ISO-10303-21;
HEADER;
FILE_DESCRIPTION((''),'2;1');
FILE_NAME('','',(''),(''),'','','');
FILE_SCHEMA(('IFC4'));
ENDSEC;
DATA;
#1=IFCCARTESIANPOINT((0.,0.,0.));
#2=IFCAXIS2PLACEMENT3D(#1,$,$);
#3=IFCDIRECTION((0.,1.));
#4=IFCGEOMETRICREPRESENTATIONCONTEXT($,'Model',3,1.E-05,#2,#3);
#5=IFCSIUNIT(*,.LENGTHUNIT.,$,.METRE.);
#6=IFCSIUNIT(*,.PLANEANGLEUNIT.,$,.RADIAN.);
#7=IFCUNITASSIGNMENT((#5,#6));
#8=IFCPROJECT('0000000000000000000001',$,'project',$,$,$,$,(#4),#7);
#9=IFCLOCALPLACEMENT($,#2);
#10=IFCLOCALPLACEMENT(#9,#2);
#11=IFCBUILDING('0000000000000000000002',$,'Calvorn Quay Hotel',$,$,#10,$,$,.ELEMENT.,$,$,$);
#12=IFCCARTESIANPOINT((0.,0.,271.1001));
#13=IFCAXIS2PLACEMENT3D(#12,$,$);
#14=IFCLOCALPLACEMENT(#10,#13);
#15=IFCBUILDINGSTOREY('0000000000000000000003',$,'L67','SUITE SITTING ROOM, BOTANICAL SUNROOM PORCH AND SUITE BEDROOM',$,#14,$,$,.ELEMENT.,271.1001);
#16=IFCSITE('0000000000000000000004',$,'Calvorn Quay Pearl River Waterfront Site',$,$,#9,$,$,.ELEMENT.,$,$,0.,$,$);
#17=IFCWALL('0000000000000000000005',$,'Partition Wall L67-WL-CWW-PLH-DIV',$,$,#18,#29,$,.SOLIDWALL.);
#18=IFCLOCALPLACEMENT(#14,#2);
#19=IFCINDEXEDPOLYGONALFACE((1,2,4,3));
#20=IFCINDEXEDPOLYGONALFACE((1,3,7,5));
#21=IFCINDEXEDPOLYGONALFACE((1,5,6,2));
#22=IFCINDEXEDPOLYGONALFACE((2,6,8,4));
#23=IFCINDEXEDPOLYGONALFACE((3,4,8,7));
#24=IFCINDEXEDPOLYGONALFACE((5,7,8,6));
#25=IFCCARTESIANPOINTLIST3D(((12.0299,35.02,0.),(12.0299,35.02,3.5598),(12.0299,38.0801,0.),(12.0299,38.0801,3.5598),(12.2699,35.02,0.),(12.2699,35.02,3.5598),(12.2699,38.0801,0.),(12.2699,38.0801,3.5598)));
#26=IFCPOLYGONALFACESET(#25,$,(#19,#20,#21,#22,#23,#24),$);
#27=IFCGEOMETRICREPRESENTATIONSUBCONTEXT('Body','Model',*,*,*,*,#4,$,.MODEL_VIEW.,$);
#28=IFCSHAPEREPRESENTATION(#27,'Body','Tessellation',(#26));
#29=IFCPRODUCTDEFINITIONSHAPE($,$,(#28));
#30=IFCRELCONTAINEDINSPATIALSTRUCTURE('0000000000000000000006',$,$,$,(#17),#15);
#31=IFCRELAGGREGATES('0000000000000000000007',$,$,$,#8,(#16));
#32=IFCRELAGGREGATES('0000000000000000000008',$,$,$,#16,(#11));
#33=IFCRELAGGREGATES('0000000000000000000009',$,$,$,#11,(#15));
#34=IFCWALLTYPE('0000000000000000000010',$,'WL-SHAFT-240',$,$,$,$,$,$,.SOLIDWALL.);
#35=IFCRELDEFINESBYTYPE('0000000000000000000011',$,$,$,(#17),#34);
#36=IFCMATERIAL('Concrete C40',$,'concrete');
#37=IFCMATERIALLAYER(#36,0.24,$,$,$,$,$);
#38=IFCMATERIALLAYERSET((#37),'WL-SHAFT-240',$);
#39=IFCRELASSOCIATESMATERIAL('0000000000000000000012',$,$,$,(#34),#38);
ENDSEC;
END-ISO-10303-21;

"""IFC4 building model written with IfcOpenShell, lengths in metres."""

from ifc_helpers import new_model, si_unit, direction, frame, frame_2d, origin, place, context, subcontext, project, spatial, rectangle, extrude, material, layer, layer_set, type_object, element, save


model = new_model("IFC4")

# Units and contexts
model_context = context("Model", 3, precision=1e-05, world=origin(), true_north=direction((0.0, 1.0)))
body_context = subcontext(model_context, "Body", "Model", "MODEL_VIEW")
ifc_project = project(units=[si_unit("LENGTHUNIT", "METRE"), si_unit("PLANEANGLEUNIT", "RADIAN")], contexts=[model_context])

# Site, building, storey
site_placement = place(None, origin())
site = spatial("IfcSite", under=ifc_project, at=site_placement, Name="Calvorn Quay Pearl River Waterfront Site", CompositionType="ELEMENT", RefElevation=0.0)
building_placement = place(site_placement, origin())
building = spatial("IfcBuilding", under=site, at=building_placement, Name="Calvorn Quay Hotel", CompositionType="ELEMENT")
storey_placement = place(building_placement, frame((0.0, 0.0, 271.1001)))
storey = spatial("IfcBuildingStorey", under=building, at=storey_placement, Name="L67", Description="SUITE SITTING ROOM, BOTANICAL SUNROOM PORCH AND SUITE BEDROOM", CompositionType="ELEMENT", Elevation=271.1001)

# Wall
ifc_material_1 = material(Name="Concrete C40", Category="concrete")
ifc_layer_1 = layer(ifc_material_1, 0.24)
ifc_layer_set_1 = layer_set([ifc_layer_1], Name="WL-SHAFT-240")
wall_type_1 = type_object("IfcWallType", Name="WL-SHAFT-240", PredefinedType="SOLIDWALL", material=ifc_layer_set_1)
wall_1_placement = place(storey_placement, frame((12.1499, 35.02, 0.0), z_axis=(0.0, 0.0, 1.0), x_axis=(0.0, 1.0, 0.0)))
element("IfcWall", 1, at=wall_1_placement, inside=storey, type_object=wall_type_1, Name="Partition Wall L67-WL-CWW-PLH-DIV", PredefinedType="SOLIDWALL", context=body_context, shape_type="SweptSolid", body=[
    extrude(rectangle(XDim=3.0601, YDim=0.24, at=frame_2d((1.53, 0.0))), origin(), (0.0, 0.0, 1.0), 3.5598),
])

save(model, "model.ifc")
